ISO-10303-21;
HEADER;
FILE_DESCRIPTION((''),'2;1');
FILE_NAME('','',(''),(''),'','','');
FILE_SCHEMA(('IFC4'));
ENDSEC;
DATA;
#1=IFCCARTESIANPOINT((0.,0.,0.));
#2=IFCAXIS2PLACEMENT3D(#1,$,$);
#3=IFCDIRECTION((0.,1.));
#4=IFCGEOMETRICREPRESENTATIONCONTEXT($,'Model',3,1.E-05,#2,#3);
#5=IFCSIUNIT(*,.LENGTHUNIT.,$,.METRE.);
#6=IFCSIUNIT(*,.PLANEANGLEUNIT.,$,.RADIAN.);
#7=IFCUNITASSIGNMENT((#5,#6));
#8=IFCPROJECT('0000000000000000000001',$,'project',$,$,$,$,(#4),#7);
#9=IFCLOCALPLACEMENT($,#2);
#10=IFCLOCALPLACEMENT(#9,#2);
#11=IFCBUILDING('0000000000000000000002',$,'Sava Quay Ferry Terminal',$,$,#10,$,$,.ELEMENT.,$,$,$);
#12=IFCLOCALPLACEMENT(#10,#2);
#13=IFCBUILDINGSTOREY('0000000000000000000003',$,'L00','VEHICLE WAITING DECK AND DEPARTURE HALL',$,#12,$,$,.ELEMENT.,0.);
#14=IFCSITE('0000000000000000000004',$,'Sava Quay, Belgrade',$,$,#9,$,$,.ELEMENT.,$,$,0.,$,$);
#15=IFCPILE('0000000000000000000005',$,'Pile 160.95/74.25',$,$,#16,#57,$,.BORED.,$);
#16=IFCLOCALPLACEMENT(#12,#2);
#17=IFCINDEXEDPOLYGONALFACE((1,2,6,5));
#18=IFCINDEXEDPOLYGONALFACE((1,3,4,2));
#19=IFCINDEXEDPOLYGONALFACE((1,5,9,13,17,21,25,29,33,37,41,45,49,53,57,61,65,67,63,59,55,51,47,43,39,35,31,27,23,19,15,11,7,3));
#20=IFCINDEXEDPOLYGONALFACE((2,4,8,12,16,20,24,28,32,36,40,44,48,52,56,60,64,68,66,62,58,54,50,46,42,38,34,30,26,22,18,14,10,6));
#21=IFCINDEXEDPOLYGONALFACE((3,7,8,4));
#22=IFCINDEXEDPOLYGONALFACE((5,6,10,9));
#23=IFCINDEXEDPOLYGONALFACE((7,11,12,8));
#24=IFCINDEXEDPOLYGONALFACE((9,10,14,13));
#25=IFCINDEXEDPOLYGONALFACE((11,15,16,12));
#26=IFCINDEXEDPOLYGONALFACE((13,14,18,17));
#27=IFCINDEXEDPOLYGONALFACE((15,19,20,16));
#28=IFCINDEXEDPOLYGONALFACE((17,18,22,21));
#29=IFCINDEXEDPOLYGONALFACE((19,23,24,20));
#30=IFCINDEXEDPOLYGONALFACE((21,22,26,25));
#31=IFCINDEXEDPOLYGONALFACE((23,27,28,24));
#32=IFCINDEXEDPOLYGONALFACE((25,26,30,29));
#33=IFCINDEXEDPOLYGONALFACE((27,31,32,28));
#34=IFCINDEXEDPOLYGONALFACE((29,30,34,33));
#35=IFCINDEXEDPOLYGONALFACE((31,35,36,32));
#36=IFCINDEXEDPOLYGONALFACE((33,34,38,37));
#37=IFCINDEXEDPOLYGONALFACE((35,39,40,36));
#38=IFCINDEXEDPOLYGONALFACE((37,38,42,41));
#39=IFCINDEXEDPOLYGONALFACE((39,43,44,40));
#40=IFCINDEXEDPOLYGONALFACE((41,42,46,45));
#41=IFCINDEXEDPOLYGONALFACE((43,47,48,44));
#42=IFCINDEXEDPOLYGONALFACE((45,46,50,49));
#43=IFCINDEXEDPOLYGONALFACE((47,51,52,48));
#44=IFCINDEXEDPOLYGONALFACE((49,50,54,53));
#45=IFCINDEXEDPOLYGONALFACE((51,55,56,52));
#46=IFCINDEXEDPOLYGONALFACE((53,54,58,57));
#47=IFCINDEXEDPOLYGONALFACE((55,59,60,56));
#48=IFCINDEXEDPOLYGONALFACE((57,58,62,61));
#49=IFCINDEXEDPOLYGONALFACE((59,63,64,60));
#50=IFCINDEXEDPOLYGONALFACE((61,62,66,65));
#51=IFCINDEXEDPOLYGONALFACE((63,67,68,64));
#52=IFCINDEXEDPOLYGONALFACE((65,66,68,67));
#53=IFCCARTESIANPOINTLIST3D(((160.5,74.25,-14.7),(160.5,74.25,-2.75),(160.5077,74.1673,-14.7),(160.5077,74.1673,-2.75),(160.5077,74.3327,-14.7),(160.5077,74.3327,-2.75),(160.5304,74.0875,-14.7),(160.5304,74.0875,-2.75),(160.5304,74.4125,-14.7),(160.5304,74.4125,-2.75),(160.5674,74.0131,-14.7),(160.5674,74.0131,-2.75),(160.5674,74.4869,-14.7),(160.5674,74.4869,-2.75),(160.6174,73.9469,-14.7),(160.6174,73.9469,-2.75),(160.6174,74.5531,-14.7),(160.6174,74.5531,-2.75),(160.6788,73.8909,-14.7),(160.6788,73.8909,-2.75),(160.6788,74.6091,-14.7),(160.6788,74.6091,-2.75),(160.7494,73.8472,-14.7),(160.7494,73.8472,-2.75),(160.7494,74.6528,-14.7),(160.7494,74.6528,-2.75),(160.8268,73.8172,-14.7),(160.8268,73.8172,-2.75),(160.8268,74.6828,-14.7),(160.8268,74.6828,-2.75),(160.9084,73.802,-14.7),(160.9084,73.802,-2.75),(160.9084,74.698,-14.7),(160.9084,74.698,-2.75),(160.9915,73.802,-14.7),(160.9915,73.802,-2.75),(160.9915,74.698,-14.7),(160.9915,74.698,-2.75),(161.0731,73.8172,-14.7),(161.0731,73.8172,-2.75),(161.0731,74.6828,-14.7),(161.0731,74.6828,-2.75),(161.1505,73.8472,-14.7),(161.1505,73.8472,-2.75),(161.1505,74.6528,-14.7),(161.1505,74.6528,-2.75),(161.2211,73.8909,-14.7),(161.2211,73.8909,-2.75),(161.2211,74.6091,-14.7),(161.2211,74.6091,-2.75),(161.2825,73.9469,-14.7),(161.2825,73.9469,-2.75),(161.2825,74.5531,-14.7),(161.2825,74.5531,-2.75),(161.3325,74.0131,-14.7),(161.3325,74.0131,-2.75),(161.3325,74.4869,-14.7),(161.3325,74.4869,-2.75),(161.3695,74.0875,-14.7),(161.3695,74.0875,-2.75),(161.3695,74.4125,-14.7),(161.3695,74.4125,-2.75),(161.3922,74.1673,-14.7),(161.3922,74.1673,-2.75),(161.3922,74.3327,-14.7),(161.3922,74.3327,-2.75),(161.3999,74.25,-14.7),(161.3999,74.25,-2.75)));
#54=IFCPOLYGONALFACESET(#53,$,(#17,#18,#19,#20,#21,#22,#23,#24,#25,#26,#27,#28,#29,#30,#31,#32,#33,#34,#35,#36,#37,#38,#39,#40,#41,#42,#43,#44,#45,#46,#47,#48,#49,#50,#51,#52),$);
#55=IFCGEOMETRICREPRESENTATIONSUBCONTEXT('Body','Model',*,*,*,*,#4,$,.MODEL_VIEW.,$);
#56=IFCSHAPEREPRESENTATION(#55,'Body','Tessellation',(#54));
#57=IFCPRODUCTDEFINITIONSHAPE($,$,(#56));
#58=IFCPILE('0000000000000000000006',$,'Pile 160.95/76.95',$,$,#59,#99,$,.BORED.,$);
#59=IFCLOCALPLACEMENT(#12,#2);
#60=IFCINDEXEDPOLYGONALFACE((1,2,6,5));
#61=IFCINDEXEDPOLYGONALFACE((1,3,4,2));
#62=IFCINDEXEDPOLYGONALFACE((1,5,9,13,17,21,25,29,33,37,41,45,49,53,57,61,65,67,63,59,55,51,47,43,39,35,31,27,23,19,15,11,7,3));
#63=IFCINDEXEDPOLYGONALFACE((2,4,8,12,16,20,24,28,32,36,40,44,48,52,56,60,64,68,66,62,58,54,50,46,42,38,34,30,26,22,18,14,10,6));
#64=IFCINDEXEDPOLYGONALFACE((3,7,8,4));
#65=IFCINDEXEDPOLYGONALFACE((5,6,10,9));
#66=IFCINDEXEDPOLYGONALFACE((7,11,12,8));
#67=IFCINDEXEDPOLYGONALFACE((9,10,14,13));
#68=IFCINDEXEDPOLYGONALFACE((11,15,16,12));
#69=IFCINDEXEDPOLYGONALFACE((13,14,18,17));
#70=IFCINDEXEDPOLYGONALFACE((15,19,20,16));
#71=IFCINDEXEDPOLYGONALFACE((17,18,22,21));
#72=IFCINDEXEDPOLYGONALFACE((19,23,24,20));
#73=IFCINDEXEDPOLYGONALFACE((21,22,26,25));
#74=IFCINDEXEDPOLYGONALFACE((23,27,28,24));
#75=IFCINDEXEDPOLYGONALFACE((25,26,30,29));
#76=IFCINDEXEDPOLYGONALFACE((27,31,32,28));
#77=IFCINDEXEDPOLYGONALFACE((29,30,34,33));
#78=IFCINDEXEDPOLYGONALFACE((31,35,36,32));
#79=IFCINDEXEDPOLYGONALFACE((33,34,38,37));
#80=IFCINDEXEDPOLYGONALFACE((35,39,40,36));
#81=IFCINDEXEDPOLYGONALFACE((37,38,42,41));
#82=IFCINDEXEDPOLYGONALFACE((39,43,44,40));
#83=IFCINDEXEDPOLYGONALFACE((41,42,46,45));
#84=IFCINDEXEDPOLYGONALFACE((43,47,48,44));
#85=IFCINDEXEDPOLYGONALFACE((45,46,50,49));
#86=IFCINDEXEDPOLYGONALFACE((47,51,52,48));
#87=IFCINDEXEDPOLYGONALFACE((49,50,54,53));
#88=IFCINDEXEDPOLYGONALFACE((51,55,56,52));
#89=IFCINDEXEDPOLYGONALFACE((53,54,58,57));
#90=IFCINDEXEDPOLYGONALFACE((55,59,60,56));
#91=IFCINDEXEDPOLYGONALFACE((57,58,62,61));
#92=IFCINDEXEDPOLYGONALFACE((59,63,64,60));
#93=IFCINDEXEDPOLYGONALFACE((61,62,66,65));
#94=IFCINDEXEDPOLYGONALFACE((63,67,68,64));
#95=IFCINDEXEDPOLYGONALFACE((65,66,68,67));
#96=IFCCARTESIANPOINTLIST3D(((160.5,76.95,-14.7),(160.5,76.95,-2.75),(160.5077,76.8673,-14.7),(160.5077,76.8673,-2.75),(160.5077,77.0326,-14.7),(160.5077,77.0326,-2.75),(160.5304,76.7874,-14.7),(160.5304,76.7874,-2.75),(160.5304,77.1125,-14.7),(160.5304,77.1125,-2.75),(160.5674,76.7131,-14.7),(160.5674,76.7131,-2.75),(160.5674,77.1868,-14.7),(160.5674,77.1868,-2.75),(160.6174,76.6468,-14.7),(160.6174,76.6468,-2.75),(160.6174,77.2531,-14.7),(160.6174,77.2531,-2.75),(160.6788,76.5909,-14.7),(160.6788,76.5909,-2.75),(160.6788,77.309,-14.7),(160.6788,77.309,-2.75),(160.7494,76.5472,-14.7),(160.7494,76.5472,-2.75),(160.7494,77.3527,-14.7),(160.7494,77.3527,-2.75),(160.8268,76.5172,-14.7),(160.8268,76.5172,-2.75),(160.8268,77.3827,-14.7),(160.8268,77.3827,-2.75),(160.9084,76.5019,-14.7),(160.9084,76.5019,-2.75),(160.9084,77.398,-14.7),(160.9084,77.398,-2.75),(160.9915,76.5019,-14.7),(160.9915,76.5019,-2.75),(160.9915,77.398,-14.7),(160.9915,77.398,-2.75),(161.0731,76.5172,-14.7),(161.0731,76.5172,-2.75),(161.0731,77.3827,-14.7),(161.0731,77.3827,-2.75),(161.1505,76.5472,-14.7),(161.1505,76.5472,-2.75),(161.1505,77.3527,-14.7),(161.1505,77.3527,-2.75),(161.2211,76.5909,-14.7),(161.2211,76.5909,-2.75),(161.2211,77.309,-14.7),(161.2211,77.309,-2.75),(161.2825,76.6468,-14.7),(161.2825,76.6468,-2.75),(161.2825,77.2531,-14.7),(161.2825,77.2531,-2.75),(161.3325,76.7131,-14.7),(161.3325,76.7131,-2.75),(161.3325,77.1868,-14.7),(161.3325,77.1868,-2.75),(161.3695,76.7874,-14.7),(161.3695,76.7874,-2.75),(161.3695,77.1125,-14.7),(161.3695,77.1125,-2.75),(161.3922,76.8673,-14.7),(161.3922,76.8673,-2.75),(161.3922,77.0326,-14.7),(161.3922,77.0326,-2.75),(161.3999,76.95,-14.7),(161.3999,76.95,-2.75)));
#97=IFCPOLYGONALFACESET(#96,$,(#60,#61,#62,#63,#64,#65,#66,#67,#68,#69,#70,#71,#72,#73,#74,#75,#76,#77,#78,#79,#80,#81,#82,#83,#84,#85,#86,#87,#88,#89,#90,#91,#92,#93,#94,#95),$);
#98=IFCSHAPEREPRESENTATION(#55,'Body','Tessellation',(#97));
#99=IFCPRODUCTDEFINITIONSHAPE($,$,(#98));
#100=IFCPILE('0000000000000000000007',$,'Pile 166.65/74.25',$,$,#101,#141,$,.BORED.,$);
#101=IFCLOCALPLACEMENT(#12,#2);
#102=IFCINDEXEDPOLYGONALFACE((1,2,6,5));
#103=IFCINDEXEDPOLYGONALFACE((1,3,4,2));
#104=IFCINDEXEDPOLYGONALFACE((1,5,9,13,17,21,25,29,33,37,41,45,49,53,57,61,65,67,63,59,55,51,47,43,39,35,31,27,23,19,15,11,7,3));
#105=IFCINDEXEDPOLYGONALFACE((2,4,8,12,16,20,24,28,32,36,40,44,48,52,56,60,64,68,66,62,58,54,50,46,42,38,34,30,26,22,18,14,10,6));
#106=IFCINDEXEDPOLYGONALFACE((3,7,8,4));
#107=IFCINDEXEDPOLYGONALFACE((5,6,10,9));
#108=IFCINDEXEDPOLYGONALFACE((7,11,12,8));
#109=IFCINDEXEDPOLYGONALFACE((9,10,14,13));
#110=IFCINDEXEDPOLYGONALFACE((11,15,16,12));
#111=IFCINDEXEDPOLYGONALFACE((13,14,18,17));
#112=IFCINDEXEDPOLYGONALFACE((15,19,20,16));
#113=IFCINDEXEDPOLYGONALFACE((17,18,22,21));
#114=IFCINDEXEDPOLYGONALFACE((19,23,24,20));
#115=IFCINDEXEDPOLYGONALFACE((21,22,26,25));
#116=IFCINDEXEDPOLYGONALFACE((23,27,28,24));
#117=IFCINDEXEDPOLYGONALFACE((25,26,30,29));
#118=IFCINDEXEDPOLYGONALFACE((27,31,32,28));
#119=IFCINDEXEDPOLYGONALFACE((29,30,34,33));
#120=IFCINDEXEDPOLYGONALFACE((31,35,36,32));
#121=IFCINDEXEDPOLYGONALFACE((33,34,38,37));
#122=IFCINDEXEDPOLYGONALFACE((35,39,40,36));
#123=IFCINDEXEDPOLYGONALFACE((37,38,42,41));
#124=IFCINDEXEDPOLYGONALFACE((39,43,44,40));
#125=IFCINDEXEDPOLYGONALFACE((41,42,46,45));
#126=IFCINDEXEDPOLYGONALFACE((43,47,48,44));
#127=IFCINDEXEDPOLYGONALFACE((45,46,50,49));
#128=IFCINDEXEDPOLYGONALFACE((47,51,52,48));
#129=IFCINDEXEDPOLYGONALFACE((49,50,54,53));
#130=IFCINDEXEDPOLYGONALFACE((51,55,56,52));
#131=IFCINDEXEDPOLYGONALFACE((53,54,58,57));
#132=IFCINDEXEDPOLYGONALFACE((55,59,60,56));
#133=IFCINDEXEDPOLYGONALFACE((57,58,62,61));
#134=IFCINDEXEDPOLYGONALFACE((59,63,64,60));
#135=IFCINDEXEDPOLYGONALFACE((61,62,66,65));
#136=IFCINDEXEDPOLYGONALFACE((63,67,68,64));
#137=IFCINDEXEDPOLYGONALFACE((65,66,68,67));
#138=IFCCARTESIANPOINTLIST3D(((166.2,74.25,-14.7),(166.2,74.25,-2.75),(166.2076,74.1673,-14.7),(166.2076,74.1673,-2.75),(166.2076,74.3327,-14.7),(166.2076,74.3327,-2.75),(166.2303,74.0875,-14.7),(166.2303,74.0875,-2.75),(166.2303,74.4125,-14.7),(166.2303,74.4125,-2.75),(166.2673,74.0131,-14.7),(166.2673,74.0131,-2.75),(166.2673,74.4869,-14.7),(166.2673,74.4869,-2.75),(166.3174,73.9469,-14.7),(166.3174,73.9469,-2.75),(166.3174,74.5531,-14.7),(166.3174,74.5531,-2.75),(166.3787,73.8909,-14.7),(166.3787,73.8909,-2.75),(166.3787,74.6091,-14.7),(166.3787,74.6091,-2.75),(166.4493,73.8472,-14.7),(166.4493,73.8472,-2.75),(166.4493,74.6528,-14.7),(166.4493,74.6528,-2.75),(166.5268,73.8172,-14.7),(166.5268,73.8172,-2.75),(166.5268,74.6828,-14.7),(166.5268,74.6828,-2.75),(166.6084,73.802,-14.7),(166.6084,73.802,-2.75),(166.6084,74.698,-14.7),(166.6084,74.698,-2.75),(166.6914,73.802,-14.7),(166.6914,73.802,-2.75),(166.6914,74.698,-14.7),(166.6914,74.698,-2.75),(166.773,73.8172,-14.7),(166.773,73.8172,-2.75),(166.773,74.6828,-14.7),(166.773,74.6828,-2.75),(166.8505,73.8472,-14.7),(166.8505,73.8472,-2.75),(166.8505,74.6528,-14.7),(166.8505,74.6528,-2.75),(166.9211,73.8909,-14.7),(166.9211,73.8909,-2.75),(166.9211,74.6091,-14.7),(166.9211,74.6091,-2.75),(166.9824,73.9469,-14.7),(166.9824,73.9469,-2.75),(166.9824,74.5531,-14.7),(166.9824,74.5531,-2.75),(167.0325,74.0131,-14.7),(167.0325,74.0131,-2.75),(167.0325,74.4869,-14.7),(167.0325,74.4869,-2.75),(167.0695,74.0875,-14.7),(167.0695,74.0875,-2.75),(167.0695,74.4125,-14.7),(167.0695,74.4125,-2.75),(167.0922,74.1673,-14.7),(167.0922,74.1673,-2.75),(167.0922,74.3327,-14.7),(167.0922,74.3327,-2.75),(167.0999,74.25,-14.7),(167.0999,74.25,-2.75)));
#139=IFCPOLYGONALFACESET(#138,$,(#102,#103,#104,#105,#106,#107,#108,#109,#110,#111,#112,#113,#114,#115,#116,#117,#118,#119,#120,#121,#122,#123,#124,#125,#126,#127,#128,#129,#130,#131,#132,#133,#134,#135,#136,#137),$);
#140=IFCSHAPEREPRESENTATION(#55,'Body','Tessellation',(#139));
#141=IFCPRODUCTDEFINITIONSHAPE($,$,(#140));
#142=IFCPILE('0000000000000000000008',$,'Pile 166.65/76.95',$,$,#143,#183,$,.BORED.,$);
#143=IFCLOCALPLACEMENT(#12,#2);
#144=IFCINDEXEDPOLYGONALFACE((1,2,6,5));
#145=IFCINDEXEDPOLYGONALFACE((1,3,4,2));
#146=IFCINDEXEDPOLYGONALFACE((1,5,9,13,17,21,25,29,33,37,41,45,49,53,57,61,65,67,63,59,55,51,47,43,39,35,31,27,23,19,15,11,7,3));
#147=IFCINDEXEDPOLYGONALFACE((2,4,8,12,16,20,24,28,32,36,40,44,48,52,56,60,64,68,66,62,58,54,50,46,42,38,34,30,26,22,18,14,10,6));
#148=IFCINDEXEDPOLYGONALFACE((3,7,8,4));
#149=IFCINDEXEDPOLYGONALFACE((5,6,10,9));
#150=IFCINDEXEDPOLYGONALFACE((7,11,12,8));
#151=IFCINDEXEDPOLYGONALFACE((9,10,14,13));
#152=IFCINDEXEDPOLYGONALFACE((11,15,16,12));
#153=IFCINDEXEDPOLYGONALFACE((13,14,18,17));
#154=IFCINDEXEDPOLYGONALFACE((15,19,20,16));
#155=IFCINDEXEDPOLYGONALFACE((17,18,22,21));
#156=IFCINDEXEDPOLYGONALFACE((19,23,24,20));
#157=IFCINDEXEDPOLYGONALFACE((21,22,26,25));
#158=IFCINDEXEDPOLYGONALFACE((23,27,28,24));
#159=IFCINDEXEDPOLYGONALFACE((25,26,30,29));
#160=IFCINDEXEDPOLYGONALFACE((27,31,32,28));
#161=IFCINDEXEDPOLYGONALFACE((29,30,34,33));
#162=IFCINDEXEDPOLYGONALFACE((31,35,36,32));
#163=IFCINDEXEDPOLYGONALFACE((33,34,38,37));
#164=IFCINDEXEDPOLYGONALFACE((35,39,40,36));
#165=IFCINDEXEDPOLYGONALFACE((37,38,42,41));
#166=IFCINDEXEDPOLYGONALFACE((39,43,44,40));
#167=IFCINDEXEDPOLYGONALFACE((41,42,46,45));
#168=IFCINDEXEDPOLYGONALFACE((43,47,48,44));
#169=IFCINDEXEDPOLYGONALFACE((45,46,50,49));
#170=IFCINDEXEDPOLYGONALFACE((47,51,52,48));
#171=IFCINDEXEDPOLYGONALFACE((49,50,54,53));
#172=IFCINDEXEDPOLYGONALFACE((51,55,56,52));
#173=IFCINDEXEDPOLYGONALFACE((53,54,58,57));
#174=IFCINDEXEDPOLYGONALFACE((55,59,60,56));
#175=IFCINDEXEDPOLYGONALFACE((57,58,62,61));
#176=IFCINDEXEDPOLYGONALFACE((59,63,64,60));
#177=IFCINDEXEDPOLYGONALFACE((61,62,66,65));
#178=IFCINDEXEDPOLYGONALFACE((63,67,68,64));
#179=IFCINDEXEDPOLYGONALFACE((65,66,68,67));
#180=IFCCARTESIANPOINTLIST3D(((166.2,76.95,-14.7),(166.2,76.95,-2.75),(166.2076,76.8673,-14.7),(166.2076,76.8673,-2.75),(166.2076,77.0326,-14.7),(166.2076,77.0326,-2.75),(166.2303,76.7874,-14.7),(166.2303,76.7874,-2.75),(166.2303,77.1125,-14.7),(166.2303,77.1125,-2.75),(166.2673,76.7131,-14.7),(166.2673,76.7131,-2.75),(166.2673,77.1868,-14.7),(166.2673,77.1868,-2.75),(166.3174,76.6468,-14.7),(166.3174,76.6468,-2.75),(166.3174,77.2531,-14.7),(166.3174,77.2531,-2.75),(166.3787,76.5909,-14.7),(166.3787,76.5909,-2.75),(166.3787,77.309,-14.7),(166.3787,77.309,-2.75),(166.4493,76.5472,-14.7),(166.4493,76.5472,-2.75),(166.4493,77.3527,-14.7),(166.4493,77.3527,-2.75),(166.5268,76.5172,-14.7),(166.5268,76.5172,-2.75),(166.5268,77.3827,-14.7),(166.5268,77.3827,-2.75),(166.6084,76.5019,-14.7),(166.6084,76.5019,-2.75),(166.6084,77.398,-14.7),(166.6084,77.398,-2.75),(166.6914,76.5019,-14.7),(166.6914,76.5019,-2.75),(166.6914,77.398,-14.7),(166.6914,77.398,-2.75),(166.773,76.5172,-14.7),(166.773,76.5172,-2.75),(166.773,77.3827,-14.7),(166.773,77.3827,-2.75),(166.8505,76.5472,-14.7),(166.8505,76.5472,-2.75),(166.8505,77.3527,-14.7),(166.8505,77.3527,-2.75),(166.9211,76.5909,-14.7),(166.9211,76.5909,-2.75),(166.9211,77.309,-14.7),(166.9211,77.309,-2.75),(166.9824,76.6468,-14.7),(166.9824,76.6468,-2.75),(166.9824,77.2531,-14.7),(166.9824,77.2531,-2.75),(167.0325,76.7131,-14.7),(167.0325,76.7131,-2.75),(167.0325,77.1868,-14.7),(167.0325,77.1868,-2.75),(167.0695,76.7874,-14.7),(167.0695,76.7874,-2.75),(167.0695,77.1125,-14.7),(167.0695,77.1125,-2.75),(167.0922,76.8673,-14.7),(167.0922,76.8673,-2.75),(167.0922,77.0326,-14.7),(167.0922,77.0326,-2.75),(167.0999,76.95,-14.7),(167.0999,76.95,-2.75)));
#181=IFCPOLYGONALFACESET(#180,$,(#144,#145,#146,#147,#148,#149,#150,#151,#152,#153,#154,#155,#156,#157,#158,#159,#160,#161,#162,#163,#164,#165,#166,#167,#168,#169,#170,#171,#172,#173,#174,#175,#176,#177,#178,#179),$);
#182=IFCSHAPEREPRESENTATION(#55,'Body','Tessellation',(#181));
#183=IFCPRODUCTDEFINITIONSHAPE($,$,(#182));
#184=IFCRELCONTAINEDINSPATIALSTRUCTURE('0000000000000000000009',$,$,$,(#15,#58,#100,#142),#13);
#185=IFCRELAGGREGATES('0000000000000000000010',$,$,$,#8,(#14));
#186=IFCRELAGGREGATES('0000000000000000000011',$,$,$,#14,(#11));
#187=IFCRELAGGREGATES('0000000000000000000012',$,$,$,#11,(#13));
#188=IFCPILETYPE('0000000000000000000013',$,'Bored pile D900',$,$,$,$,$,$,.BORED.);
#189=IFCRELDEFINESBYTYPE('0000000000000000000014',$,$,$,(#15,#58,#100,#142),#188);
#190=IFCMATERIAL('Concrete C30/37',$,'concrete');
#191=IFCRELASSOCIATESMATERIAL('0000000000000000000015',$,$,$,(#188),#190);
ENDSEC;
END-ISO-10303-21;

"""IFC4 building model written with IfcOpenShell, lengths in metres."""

from ifc_helpers import new_model, si_unit, direction, frame, origin, origin_2d, place, context, subcontext, project, spatial, circle, extrude, material, material_profile, profile_set, type_object, element, save


model = new_model("IFC4")

# Units and contexts
model_context = context("Model", 3, precision=1e-05, world=origin(), true_north=direction((0.0, 1.0)))
body_context = subcontext(model_context, "Body", "Model", "MODEL_VIEW")
ifc_project = project(units=[si_unit("LENGTHUNIT", "METRE"), si_unit("PLANEANGLEUNIT", "RADIAN")], contexts=[model_context])

# Site, building, storey
site_placement = place(None, origin())
site = spatial("IfcSite", under=ifc_project, at=site_placement, Name="Sava Quay, Belgrade", CompositionType="ELEMENT", RefElevation=0.0)
building_placement = place(site_placement, origin())
building = spatial("IfcBuilding", under=site, at=building_placement, Name="Sava Quay Ferry Terminal", CompositionType="ELEMENT")
storey_placement = place(building_placement, origin())
storey = spatial("IfcBuildingStorey", under=building, at=storey_placement, Name="L00", Description="VEHICLE WAITING DECK AND DEPARTURE HALL", CompositionType="ELEMENT", Elevation=0.0)

# Piles
ifc_material_1 = material(Name="Concrete C30/37", Category="concrete")
ifc_material_profile_1 = material_profile(ifc_material_1, circle(Radius=0.45, at=origin_2d()), Name="Bored pile D900")
ifc_profile_set_1 = profile_set([ifc_material_profile_1], Name="Concrete C30/37")
pile_type = type_object("IfcPileType", Name="Bored pile D900", PredefinedType="BORED", material=ifc_profile_set_1)
for number, where, z_axis, x_axis, name in (
    (1, (160.95, 74.25, -2.75), (0.0, 0.0, -1.0), (1.0, 0.0, 0.0), "Pile 160.95/74.25"),
    (2, (160.95, 76.95, -2.75), (0.0, 0.0, -1.0), (1.0, 0.0, 0.0), "Pile 160.95/76.95"),
    (3, (166.6499, 74.25, -2.75), (0.0, 0.0, -1.0), (1.0, 0.0, 0.0), "Pile 166.65/74.25"),
    (4, (166.6499, 76.95, -2.75), (0.0, 0.0, -1.0), (1.0, 0.0, 0.0), "Pile 166.65/76.95"),
):
    element("IfcPile", number, at=place(storey_placement, frame(where, z_axis=z_axis, x_axis=x_axis)), inside=storey, type_object=pile_type, Name=name, PredefinedType="BORED", context=body_context, shape_type="SweptSolid", body=[
        extrude(circle(Radius=0.45, at=origin_2d()), origin(), (0.0, 0.0, 1.0), 11.95),
    ])

save(model, "model.ifc")
